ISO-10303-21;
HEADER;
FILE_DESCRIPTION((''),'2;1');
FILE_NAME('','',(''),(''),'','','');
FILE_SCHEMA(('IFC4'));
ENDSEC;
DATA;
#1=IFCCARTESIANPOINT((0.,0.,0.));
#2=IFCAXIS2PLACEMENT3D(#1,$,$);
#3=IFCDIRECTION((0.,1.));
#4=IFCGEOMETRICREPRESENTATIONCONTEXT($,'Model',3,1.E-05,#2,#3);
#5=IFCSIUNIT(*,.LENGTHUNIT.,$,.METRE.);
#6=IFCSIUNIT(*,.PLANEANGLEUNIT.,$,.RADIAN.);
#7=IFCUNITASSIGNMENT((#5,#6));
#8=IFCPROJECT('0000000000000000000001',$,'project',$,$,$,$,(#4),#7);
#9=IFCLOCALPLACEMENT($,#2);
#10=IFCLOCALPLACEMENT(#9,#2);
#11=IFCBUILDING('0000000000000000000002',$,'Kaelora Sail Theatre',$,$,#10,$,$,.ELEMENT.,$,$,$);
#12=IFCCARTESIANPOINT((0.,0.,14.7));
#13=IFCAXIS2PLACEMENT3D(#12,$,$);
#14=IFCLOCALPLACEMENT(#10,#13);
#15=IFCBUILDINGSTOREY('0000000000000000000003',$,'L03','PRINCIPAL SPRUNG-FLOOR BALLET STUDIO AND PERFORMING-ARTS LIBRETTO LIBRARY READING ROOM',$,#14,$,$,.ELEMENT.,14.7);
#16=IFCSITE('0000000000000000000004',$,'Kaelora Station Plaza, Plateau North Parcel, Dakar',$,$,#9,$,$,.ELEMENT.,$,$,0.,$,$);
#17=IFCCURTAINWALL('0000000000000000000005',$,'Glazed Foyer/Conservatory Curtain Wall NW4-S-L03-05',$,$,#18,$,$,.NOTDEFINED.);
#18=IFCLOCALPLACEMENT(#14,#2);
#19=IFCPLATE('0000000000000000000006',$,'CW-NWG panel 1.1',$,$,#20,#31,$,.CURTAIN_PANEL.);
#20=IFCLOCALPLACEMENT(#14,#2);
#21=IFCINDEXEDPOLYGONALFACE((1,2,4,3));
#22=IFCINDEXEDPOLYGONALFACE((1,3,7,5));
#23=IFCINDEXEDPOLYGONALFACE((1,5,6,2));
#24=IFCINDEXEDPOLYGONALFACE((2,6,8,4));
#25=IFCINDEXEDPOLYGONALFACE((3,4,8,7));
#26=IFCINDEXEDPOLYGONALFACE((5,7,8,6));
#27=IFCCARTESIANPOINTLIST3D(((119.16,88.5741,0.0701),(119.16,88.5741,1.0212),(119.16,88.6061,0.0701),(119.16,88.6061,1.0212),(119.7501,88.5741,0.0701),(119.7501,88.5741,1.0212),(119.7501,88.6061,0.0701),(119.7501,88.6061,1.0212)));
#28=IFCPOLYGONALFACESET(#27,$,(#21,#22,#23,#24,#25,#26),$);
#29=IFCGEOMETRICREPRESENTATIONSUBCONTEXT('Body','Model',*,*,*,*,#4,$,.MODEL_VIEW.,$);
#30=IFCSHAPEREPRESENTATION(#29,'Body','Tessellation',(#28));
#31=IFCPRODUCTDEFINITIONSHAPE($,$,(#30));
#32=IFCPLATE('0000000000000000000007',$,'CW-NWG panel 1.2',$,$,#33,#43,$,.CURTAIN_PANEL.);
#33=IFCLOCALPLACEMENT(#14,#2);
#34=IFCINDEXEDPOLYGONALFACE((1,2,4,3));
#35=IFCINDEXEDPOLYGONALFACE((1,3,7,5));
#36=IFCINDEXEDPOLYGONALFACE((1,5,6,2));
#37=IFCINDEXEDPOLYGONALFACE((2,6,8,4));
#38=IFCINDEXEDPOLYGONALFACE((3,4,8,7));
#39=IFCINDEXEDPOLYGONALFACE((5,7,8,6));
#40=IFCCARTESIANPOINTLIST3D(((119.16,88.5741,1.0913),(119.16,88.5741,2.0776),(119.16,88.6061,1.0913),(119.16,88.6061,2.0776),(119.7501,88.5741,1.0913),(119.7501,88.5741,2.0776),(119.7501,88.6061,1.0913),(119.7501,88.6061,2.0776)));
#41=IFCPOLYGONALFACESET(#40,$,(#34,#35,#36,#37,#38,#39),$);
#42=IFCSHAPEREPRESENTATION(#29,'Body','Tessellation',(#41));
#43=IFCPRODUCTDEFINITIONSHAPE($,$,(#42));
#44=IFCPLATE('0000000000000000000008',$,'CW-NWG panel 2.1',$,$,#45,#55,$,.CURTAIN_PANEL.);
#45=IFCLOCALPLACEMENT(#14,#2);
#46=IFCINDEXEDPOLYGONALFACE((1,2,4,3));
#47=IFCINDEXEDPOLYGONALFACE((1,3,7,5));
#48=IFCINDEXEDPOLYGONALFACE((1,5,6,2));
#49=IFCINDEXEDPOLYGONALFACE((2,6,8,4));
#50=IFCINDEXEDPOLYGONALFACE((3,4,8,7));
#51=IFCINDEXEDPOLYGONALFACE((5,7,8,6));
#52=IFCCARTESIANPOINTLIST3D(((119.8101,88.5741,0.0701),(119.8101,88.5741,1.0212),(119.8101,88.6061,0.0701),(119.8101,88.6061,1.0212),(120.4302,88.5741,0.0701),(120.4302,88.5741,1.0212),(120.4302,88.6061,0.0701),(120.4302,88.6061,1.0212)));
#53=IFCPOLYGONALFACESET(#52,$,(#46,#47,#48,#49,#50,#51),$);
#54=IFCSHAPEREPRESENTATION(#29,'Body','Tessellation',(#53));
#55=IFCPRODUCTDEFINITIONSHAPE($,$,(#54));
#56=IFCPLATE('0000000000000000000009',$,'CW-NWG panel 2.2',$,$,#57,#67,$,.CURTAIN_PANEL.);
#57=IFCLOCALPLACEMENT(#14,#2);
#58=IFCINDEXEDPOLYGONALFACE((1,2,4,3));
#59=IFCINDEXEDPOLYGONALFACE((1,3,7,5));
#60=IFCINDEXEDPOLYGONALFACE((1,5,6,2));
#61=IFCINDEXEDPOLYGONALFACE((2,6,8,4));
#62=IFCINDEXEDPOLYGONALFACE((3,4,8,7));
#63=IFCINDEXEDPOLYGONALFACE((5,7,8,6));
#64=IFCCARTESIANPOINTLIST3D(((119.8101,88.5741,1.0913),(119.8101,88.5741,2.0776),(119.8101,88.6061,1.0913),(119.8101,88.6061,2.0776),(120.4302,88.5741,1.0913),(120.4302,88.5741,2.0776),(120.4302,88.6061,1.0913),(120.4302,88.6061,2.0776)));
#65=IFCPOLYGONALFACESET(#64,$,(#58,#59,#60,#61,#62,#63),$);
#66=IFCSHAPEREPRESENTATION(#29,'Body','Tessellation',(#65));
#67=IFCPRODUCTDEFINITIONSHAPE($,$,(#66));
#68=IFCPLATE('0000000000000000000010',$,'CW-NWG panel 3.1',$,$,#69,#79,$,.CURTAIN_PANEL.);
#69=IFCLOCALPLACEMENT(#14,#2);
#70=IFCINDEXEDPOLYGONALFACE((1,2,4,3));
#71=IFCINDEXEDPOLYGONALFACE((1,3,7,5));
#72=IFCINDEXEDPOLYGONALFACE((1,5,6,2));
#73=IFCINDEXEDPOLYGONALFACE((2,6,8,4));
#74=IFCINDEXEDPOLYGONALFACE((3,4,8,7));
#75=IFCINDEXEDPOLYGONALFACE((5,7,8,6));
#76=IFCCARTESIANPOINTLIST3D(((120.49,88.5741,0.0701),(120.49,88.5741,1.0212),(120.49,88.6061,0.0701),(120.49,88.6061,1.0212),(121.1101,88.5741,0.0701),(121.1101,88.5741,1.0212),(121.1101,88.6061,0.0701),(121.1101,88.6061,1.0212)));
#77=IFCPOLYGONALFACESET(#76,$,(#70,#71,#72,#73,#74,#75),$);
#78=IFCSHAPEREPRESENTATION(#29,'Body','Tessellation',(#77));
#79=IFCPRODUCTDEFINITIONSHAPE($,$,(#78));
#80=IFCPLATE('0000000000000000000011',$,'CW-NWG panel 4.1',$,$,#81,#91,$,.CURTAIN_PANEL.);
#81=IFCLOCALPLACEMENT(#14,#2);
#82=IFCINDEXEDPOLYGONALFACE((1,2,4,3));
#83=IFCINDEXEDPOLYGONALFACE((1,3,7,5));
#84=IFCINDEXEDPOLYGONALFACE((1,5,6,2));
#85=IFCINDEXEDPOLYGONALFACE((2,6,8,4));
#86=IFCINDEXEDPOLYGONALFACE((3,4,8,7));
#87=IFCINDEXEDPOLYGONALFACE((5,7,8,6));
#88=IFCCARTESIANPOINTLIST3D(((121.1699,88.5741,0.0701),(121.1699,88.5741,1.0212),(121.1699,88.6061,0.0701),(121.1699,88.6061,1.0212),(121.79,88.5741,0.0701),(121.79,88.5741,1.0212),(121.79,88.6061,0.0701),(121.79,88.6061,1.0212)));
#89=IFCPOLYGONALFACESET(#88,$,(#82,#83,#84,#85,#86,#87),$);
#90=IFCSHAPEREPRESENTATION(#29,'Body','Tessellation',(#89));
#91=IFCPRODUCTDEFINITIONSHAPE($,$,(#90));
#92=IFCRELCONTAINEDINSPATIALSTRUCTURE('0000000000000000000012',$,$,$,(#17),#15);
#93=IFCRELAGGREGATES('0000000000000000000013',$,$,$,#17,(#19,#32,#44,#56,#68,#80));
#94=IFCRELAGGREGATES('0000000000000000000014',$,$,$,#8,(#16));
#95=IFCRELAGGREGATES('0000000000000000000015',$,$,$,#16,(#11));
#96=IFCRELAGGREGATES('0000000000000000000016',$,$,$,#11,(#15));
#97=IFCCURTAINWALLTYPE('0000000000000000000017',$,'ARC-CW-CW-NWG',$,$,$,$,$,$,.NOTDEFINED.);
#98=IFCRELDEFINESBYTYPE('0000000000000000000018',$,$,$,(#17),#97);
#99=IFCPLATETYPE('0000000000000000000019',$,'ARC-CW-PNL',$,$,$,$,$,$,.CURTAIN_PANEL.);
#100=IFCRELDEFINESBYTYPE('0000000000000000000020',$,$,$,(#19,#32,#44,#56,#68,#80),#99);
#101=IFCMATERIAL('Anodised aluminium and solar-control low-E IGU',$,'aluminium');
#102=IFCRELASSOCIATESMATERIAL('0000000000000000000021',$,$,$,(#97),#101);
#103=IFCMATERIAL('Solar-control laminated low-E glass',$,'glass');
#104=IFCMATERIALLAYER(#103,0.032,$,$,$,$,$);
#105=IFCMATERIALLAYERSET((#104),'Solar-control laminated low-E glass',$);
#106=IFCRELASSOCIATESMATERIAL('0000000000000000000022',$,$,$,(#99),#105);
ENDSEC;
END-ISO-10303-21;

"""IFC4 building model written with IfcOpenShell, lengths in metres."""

from ifc_helpers import new_model, si_unit, direction, frame, origin, origin_2d, place, context, subcontext, project, spatial, rectangle, extrude, material, layer, layer_set, type_object, element, aggregate, save


model = new_model("IFC4")

# Units and contexts
model_context = context("Model", 3, precision=1e-05, world=origin(), true_north=direction((0.0, 1.0)))
body_context = subcontext(model_context, "Body", "Model", "MODEL_VIEW")
ifc_project = project(units=[si_unit("LENGTHUNIT", "METRE"), si_unit("PLANEANGLEUNIT", "RADIAN")], contexts=[model_context])

# Site, building, storey
site_placement = place(None, origin())
site = spatial("IfcSite", under=ifc_project, at=site_placement, Name="Kaelora Station Plaza, Plateau North Parcel, Dakar", CompositionType="ELEMENT", RefElevation=0.0)
building_placement = place(site_placement, origin())
building = spatial("IfcBuilding", under=site, at=building_placement, Name="Kaelora Sail Theatre", CompositionType="ELEMENT")
storey_placement = place(building_placement, frame((0.0, 0.0, 14.7)))
storey = spatial("IfcBuildingStorey", under=building, at=storey_placement, Name="L03", Description="PRINCIPAL SPRUNG-FLOOR BALLET STUDIO AND PERFORMING-ARTS LIBRETTO LIBRARY READING ROOM", CompositionType="ELEMENT", Elevation=14.7)

# Curtain wall
ifc_material_1 = material(Name="Anodised aluminium and solar-control low-E IGU", Category="aluminium")
curtain_wall_type = type_object("IfcCurtainWallType", Name="ARC-CW-CW-NWG", PredefinedType="NOTDEFINED", material=ifc_material_1)
curtain_wall_1_placement = place(storey_placement, origin())
curtain_wall_1 = element("IfcCurtainWall", 1, at=curtain_wall_1_placement, inside=storey, type_object=curtain_wall_type, Name="Glazed Foyer/Conservatory Curtain Wall NW4-S-L03-05", PredefinedType="NOTDEFINED")

# Plates
ifc_material_2 = material(Name="Solar-control laminated low-E glass", Category="glass")
ifc_layer = layer(ifc_material_2, 0.032)
ifc_layer_set = layer_set([ifc_layer], Name="Solar-control laminated low-E glass")
plate_type = type_object("IfcPlateType", Name="ARC-CW-PNL", PredefinedType="CURTAIN_PANEL", material=ifc_layer_set)
plate_1_placement = place(storey_placement, frame((119.4551, 88.5901, 0.0701), z_axis=(0.0, 0.0, 1.0), x_axis=(1.0, 0.0, 0.0)))
plate_1 = element("IfcPlate", 2, at=plate_1_placement, type_object=plate_type, Name="CW-NWG panel 1.1", PredefinedType="CURTAIN_PANEL", context=body_context, shape_type="SweptSolid", body=[
    extrude(rectangle(XDim=0.5901, YDim=0.032, at=origin_2d()), origin(), (0.0, 0.0, 1.0), 0.9512),
])
plate_2_placement = place(storey_placement, frame((119.4551, 88.5901, 1.0913), z_axis=(0.0, 0.0, 1.0), x_axis=(1.0, 0.0, 0.0)))
plate_2 = element("IfcPlate", 3, at=plate_2_placement, type_object=plate_type, Name="CW-NWG panel 1.2", PredefinedType="CURTAIN_PANEL", context=body_context, shape_type="SweptSolid", body=[
    extrude(rectangle(XDim=0.5901, YDim=0.032, at=origin_2d()), origin(), (0.0, 0.0, 1.0), 0.9863),
])
plate_3_placement = place(storey_placement, frame((120.1201, 88.5901, 0.0701), z_axis=(0.0, 0.0, 1.0), x_axis=(1.0, 0.0, 0.0)))
plate_3 = element("IfcPlate", 4, at=plate_3_placement, type_object=plate_type, Name="CW-NWG panel 2.1", PredefinedType="CURTAIN_PANEL", context=body_context, shape_type="SweptSolid", body=[
    extrude(rectangle(XDim=0.6201, YDim=0.032, at=origin_2d()), origin(), (0.0, 0.0, 1.0), 0.9512),
])
plate_4_placement = place(storey_placement, frame((120.1201, 88.5901, 1.0913), z_axis=(0.0, 0.0, 1.0), x_axis=(1.0, 0.0, 0.0)))
plate_4 = element("IfcPlate", 5, at=plate_4_placement, type_object=plate_type, Name="CW-NWG panel 2.2", PredefinedType="CURTAIN_PANEL", context=body_context, shape_type="SweptSolid", body=[
    extrude(rectangle(XDim=0.6201, YDim=0.032, at=origin_2d()), origin(), (0.0, 0.0, 1.0), 0.9863),
])
plate_5_placement = place(storey_placement, frame((120.8, 88.5901, 0.0701), z_axis=(0.0, 0.0, 1.0), x_axis=(1.0, 0.0, 0.0)))
plate_5 = element("IfcPlate", 6, at=plate_5_placement, type_object=plate_type, Name="CW-NWG panel 3.1", PredefinedType="CURTAIN_PANEL", context=body_context, shape_type="SweptSolid", body=[
    extrude(rectangle(XDim=0.6201, YDim=0.032, at=origin_2d()), origin(), (0.0, 0.0, 1.0), 0.9512),
])
plate_6_placement = place(storey_placement, frame((121.48, 88.5901, 0.0701), z_axis=(0.0, 0.0, 1.0), x_axis=(1.0, 0.0, 0.0)))
plate_6 = element("IfcPlate", 7, at=plate_6_placement, type_object=plate_type, Name="CW-NWG panel 4.1", PredefinedType="CURTAIN_PANEL", context=body_context, shape_type="SweptSolid", body=[
    extrude(rectangle(XDim=0.6201, YDim=0.032, at=origin_2d()), origin(), (0.0, 0.0, 1.0), 0.9512),
])
aggregate(curtain_wall_1, [plate_1, plate_2, plate_3, plate_4, plate_5, plate_6])

save(model, "model.ifc")
